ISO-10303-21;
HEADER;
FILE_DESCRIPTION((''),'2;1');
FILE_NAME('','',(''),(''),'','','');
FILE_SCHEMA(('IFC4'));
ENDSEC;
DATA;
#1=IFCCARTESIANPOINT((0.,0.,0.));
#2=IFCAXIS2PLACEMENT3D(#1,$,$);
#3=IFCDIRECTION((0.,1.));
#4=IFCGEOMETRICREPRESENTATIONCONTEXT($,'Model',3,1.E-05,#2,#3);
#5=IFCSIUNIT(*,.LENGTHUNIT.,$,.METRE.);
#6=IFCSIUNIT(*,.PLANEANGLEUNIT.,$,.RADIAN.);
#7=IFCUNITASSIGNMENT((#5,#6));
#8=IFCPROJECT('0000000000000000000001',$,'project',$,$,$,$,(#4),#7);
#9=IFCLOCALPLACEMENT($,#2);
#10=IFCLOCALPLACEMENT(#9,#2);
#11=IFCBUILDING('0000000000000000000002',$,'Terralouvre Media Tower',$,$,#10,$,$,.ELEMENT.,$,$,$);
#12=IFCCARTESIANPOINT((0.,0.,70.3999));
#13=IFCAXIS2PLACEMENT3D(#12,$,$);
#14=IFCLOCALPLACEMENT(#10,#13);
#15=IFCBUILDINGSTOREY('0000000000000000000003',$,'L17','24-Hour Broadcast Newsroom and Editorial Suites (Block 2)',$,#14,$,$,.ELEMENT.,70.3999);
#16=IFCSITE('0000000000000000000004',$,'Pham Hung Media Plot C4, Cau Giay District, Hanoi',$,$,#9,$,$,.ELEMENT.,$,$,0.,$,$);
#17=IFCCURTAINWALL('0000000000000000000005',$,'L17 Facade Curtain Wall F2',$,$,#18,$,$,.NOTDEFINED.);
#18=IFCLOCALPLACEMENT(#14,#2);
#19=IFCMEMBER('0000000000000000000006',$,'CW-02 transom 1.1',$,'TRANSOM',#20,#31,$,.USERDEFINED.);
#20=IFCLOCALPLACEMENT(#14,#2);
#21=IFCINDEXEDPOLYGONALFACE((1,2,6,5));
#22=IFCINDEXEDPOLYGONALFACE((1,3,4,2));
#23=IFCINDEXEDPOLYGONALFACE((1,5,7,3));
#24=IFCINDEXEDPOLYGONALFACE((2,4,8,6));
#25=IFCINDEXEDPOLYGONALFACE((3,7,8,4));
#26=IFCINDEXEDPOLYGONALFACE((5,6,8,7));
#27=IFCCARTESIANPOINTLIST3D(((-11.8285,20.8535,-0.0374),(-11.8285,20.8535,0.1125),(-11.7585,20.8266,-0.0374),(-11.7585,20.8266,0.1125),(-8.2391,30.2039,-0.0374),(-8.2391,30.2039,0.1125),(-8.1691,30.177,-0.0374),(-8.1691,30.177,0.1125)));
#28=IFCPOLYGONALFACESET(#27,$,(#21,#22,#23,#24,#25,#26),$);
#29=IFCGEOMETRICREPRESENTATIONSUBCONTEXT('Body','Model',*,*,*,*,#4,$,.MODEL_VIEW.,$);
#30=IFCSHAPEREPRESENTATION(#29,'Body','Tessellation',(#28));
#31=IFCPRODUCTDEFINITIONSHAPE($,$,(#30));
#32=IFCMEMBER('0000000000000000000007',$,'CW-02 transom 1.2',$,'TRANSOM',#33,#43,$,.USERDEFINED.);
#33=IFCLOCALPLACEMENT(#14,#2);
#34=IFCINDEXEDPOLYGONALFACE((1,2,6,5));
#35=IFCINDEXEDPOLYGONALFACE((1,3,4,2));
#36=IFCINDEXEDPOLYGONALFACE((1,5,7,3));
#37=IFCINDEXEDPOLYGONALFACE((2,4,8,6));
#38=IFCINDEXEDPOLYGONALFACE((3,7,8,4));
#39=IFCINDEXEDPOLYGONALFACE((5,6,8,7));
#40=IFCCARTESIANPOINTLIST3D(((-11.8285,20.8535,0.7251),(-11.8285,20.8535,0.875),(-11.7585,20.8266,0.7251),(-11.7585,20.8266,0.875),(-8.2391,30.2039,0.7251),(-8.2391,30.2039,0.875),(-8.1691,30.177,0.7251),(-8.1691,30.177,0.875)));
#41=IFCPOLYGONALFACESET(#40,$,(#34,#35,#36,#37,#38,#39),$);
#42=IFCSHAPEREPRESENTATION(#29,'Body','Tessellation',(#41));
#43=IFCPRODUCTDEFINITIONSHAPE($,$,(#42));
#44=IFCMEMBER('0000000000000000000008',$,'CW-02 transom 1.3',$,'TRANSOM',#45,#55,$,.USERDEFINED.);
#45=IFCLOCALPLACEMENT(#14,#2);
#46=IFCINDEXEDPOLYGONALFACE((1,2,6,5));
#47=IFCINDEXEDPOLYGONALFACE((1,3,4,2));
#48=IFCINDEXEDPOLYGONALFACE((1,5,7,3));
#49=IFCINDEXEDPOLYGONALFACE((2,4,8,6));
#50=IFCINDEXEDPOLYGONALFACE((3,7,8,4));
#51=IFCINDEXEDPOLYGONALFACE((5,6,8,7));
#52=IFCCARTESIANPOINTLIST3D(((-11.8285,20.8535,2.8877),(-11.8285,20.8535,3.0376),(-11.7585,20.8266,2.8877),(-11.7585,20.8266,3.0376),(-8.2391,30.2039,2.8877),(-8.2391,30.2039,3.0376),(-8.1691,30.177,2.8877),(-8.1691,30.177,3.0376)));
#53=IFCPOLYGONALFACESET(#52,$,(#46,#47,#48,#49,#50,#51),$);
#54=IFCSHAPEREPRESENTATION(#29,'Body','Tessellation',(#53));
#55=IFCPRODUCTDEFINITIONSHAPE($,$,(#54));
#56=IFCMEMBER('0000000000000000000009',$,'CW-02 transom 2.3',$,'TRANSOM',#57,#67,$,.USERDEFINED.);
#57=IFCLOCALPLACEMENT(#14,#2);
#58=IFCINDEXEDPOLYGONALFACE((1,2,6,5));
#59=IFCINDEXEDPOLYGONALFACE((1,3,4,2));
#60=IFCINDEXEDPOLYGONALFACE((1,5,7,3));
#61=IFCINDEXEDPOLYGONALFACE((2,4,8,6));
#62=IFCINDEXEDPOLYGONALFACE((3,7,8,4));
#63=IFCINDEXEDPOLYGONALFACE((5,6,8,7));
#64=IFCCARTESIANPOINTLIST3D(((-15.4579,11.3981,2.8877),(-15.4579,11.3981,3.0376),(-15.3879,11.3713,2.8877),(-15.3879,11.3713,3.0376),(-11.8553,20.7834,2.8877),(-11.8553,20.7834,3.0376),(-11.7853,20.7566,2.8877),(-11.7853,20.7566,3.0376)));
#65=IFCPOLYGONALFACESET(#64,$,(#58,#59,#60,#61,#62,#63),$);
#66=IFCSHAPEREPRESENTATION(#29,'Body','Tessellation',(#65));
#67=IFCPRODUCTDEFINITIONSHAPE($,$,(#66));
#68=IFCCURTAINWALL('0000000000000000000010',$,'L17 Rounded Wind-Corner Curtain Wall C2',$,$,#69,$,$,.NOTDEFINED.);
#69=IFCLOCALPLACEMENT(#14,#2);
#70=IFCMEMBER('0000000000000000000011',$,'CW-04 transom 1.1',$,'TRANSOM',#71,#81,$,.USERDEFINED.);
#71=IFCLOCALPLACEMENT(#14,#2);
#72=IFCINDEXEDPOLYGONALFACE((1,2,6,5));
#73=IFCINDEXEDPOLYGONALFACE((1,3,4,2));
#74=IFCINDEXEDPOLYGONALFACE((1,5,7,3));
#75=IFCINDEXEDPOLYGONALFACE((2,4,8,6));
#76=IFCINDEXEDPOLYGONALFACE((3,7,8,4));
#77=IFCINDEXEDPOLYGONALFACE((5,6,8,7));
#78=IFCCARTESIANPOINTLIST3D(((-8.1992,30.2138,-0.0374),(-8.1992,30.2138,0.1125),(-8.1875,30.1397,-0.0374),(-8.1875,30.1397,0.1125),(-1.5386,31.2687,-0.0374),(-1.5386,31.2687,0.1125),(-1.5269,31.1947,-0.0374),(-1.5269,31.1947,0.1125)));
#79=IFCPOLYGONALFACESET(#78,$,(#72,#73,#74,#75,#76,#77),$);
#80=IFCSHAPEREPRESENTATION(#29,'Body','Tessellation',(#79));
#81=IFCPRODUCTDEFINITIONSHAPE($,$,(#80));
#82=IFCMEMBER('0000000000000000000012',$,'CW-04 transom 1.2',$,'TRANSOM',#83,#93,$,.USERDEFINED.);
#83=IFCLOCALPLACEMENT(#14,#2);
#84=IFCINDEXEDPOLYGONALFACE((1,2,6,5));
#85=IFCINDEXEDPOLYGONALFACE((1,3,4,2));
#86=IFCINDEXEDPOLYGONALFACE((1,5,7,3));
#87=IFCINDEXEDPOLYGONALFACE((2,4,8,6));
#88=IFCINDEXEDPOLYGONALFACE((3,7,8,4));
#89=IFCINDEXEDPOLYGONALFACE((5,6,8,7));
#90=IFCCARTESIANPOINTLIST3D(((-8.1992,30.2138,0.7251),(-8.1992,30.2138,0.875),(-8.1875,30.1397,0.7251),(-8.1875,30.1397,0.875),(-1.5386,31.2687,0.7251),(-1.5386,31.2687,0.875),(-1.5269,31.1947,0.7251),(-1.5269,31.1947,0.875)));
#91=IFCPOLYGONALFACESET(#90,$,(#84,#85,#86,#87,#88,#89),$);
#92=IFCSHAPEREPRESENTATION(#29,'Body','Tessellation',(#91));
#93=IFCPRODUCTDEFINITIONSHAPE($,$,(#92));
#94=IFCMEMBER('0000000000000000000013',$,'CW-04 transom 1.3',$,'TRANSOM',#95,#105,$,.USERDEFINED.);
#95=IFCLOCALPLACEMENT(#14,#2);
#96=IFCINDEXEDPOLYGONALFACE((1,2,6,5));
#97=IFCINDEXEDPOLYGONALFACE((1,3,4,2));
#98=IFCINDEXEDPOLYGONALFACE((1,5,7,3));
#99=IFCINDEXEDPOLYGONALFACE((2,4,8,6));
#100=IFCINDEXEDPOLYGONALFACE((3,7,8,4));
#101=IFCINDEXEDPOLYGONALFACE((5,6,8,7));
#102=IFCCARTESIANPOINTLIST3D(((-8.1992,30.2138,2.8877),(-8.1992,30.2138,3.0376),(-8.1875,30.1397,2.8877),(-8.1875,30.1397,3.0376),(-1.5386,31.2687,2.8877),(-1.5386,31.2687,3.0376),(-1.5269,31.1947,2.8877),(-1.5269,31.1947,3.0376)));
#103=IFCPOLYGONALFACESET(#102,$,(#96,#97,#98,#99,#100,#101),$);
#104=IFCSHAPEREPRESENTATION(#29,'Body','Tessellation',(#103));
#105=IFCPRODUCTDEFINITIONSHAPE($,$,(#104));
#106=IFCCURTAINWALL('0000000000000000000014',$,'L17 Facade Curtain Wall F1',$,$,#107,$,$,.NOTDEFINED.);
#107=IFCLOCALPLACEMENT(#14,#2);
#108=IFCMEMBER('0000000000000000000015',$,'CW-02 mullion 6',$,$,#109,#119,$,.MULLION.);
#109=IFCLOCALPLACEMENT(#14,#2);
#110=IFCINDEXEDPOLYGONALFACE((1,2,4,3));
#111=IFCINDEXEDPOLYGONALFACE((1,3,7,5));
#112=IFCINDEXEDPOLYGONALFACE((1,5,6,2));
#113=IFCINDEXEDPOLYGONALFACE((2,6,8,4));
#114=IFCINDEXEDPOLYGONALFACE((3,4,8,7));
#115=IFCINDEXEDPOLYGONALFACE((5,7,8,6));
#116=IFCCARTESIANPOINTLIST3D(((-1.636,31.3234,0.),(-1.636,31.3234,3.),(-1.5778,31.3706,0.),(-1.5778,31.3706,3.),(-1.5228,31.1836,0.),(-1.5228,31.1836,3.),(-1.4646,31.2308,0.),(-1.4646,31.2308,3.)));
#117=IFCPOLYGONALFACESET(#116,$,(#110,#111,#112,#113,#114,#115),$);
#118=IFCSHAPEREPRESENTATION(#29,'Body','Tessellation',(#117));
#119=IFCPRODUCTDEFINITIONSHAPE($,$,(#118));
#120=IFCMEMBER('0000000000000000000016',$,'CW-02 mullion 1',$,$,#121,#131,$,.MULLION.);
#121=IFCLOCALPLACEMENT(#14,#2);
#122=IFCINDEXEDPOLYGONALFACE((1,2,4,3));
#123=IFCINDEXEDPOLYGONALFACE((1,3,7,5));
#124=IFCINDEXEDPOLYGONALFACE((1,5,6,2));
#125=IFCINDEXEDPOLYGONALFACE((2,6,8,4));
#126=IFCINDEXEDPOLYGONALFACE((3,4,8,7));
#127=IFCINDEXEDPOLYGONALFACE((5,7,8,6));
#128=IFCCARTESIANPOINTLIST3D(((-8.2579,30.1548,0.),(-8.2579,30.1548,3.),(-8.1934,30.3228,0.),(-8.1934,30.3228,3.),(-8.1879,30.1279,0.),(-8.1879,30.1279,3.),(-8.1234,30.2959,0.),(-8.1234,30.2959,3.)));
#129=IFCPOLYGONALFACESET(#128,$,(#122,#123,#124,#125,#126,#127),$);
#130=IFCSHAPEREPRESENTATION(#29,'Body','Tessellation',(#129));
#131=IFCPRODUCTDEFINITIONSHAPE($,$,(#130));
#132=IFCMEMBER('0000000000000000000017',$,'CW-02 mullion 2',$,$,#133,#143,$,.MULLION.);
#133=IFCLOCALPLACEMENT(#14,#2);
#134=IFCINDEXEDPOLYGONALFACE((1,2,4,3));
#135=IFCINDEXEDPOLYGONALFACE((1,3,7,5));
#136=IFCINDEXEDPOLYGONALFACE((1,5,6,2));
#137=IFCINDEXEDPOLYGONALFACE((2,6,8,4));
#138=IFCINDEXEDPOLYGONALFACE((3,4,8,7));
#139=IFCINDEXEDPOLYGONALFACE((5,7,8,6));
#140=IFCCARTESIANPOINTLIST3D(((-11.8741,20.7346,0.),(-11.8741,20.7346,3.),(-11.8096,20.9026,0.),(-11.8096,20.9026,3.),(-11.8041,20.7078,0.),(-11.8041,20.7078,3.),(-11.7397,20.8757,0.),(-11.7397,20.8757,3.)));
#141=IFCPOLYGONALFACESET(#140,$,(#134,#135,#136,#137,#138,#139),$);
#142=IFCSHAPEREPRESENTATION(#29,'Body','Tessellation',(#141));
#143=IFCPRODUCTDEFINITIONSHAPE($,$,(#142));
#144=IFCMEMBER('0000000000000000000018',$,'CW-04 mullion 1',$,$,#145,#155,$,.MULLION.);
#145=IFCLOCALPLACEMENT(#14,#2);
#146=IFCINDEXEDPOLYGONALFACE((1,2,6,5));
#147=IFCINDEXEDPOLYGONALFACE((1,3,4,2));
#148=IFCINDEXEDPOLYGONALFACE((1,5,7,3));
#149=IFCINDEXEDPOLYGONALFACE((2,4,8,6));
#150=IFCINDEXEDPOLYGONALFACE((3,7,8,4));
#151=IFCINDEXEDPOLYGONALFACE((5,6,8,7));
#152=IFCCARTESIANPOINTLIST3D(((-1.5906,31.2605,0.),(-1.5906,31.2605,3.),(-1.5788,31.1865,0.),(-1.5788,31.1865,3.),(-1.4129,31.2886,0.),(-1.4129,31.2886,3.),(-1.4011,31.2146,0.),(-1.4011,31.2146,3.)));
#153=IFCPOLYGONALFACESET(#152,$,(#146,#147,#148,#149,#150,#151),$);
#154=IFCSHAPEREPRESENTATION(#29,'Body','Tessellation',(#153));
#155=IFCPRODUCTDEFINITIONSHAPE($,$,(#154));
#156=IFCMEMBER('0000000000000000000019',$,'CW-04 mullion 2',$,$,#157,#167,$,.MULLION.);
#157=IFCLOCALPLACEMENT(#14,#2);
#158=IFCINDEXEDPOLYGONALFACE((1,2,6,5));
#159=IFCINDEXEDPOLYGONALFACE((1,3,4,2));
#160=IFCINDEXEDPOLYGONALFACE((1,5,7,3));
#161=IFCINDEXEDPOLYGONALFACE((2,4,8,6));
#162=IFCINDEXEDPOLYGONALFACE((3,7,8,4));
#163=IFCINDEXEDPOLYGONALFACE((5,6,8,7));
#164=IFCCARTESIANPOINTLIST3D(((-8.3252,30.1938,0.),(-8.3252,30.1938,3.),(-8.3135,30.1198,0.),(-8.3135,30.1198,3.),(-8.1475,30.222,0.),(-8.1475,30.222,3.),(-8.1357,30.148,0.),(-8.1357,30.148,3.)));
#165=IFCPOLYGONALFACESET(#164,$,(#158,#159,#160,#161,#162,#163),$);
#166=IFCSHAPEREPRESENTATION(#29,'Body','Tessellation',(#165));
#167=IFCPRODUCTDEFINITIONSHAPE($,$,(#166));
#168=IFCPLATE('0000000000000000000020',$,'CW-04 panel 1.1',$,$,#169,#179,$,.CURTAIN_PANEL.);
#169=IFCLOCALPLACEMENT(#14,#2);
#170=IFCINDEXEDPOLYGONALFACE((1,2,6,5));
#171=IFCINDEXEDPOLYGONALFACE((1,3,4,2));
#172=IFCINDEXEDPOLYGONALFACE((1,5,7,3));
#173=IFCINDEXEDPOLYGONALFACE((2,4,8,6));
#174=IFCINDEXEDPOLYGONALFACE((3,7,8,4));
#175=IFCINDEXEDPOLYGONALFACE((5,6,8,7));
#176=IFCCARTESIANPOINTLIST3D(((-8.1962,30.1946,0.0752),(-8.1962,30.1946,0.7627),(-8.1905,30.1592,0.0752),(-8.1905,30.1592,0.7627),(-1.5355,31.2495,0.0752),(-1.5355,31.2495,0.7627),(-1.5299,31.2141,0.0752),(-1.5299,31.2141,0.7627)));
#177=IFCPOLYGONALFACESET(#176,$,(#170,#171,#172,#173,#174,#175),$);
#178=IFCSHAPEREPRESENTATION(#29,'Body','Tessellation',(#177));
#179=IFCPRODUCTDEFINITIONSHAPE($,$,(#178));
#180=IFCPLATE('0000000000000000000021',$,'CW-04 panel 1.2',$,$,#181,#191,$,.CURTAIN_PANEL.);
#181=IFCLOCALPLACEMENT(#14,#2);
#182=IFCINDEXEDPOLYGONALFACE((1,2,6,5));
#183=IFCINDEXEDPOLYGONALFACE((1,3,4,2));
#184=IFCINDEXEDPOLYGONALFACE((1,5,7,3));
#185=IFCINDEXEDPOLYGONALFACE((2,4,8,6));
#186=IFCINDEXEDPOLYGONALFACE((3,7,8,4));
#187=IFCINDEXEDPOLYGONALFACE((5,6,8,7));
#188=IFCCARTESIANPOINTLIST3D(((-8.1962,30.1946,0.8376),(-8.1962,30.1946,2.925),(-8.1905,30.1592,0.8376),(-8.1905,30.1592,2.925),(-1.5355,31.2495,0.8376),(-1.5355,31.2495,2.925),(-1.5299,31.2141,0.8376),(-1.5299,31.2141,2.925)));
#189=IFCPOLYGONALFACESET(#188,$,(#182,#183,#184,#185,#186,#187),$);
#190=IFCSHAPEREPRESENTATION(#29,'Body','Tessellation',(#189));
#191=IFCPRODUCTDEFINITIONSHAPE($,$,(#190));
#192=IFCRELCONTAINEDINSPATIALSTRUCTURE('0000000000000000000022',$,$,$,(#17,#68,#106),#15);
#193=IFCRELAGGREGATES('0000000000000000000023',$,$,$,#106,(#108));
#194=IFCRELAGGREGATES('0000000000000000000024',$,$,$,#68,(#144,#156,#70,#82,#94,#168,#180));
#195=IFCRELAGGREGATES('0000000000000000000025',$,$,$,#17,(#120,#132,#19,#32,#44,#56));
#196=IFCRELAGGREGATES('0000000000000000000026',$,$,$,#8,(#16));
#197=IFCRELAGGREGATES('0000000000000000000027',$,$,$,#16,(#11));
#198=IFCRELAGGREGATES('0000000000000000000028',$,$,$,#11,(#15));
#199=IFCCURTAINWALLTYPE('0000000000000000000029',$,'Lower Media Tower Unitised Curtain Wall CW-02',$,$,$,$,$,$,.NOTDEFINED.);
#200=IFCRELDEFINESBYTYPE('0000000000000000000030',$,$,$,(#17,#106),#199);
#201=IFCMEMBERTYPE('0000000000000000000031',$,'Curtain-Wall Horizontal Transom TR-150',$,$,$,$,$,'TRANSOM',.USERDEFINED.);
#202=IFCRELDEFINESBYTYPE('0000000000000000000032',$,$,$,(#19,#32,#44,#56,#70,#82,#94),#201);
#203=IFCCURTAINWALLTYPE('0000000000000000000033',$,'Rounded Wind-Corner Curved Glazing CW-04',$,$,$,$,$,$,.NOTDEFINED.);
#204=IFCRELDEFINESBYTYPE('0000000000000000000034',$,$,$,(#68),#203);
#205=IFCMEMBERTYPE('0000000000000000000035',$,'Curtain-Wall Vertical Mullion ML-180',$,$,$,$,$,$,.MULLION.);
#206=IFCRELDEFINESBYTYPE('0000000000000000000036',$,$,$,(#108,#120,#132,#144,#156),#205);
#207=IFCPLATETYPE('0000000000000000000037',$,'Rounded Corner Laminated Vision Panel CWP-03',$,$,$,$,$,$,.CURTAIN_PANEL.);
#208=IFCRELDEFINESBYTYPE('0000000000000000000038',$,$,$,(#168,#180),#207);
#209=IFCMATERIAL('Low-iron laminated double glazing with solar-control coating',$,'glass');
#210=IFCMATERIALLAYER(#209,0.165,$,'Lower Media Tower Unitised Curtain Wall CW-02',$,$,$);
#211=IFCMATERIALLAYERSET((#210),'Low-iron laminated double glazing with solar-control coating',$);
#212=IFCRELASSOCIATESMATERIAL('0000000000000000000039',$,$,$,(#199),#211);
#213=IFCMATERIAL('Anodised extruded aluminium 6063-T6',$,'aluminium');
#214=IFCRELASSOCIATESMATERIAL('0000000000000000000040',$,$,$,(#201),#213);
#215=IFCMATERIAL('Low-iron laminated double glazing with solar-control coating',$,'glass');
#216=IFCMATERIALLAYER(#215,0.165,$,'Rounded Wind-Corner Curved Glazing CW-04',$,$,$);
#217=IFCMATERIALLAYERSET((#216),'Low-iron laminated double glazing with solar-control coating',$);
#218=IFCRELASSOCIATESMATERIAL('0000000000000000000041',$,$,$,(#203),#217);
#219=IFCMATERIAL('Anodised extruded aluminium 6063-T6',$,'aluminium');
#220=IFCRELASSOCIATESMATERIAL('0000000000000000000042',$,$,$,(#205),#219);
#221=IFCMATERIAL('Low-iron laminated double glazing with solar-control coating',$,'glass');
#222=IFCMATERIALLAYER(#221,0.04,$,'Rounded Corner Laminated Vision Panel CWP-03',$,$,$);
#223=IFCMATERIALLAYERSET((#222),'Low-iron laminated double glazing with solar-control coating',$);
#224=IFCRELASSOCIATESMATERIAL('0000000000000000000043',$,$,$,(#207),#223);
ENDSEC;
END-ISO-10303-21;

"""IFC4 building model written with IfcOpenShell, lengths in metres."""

from ifc_helpers import new_model, si_unit, direction, frame, origin, origin_2d, place, context, subcontext, project, spatial, rectangle, extrude, material, layer, layer_set, material_profile, profile_set, type_object, element, aggregate, save


model = new_model("IFC4")

# Units and contexts
model_context = context("Model", 3, precision=1e-05, world=origin(), true_north=direction((0.0, 1.0)))
body_context = subcontext(model_context, "Body", "Model", "MODEL_VIEW")
ifc_project = project(units=[si_unit("LENGTHUNIT", "METRE"), si_unit("PLANEANGLEUNIT", "RADIAN")], contexts=[model_context])

# Site, building, storey
site_placement = place(None, origin())
site = spatial("IfcSite", under=ifc_project, at=site_placement, Name="Pham Hung Media Plot C4, Cau Giay District, Hanoi", CompositionType="ELEMENT", RefElevation=0.0)
building_placement = place(site_placement, origin())
building = spatial("IfcBuilding", under=site, at=building_placement, Name="Terralouvre Media Tower", CompositionType="ELEMENT")
storey_placement = place(building_placement, frame((0.0, 0.0, 70.3999)))
storey = spatial("IfcBuildingStorey", under=building, at=storey_placement, Name="L17", Description="24-Hour Broadcast Newsroom and Editorial Suites (Block 2)", CompositionType="ELEMENT", Elevation=70.3999)

# Curtain walls, members
ifc_material_1 = material(Name="Low-iron laminated double glazing with solar-control coating", Category="glass")
ifc_layer_1 = layer(ifc_material_1, 0.165, Name="Lower Media Tower Unitised Curtain Wall CW-02")
ifc_layer_set_1 = layer_set([ifc_layer_1], Name="Low-iron laminated double glazing with solar-control coating")
curtain_wall_type_1 = type_object("IfcCurtainWallType", Name="Lower Media Tower Unitised Curtain Wall CW-02", PredefinedType="NOTDEFINED", material=ifc_layer_set_1)
curtain_wall_1_placement = place(storey_placement, origin())
curtain_wall_1 = element("IfcCurtainWall", 1, at=curtain_wall_1_placement, inside=storey, type_object=curtain_wall_type_1, Name="L17 Facade Curtain Wall F2", PredefinedType="NOTDEFINED")
ifc_material_2 = material(Name="Anodised extruded aluminium 6063-T6", Category="aluminium")
ifc_material_profile_1 = material_profile(ifc_material_2, rectangle(XDim=0.075, YDim=0.1499, at=origin_2d()), Name="ALU 75x150")
ifc_profile_set_1 = profile_set([ifc_material_profile_1], Name="Anodised extruded aluminium 6063-T6")
member_type_1 = type_object("IfcMemberType", Name="Curtain-Wall Horizontal Transom TR-150", ElementType="TRANSOM", PredefinedType="USERDEFINED", material=ifc_profile_set_1)
member_1_placement = place(storey_placement, frame((-8.2041, 30.1904, 0.0376), z_axis=(-0.358376, -0.933577, 0.0), x_axis=(0.933577, -0.358376, 0.0)))
member_1 = element("IfcMember", 2, at=member_1_placement, type_object=member_type_1, Name="CW-02 transom 1.1", ObjectType="TRANSOM", PredefinedType="USERDEFINED", context=body_context, shape_type="SweptSolid", body=[
    extrude(rectangle(XDim=0.075, YDim=0.1499, at=origin_2d()), origin(), (0.0, 0.0, 1.0), 10.0156),
])
member_2_placement = place(storey_placement, frame((-8.2041, 30.1904, 0.8), z_axis=(-0.358376, -0.933577, 0.0), x_axis=(0.933577, -0.358376, 0.0)))
member_2 = element("IfcMember", 3, at=member_2_placement, type_object=member_type_1, Name="CW-02 transom 1.2", ObjectType="TRANSOM", PredefinedType="USERDEFINED", context=body_context, shape_type="SweptSolid", body=[
    extrude(rectangle(XDim=0.075, YDim=0.1499, at=origin_2d()), origin(), (0.0, 0.0, 1.0), 10.0156),
])
member_3_placement = place(storey_placement, frame((-8.2041, 30.1904, 2.9626), z_axis=(-0.358376, -0.933577, 0.0), x_axis=(0.933577, -0.358376, 0.0)))
member_3 = element("IfcMember", 4, at=member_3_placement, type_object=member_type_1, Name="CW-02 transom 1.3", ObjectType="TRANSOM", PredefinedType="USERDEFINED", context=body_context, shape_type="SweptSolid", body=[
    extrude(rectangle(XDim=0.075, YDim=0.1499, at=origin_2d()), origin(), (0.0, 0.0, 1.0), 10.0156),
])
member_4_placement = place(storey_placement, frame((-11.8203, 20.77, 2.9626), z_axis=(-0.358357, -0.933584, 0.0), x_axis=(0.933584, -0.358357, 0.0)))
member_4 = element("IfcMember", 5, at=member_4_placement, type_object=member_type_1, Name="CW-02 transom 2.3", ObjectType="TRANSOM", PredefinedType="USERDEFINED", context=body_context, shape_type="SweptSolid", body=[
    extrude(rectangle(XDim=0.075, YDim=0.1499, at=origin_2d()), origin(), (0.0, 0.0, 1.0), 10.053),
])
ifc_material_3 = material(Name="Low-iron laminated double glazing with solar-control coating", Category="glass")
ifc_layer_2 = layer(ifc_material_3, 0.165, Name="Rounded Wind-Corner Curved Glazing CW-04")
ifc_layer_set_2 = layer_set([ifc_layer_2], Name="Low-iron laminated double glazing with solar-control coating")
curtain_wall_type_2 = type_object("IfcCurtainWallType", Name="Rounded Wind-Corner Curved Glazing CW-04", PredefinedType="NOTDEFINED", material=ifc_layer_set_2)
curtain_wall_2_placement = place(storey_placement, origin())
curtain_wall_2 = element("IfcCurtainWall", 6, at=curtain_wall_2_placement, inside=storey, type_object=curtain_wall_type_2, Name="L17 Rounded Wind-Corner Curtain Wall C2", PredefinedType="NOTDEFINED")
member_5_placement = place(storey_placement, frame((-1.5327, 31.2317, 0.0376), z_axis=(-0.987689, -0.156433, 0.0), x_axis=(0.156433, -0.987689, 0.0)))
member_5 = element("IfcMember", 7, at=member_5_placement, type_object=member_type_1, Name="CW-04 transom 1.1", ObjectType="TRANSOM", PredefinedType="USERDEFINED", context=body_context, shape_type="SweptSolid", body=[
    extrude(rectangle(XDim=0.075, YDim=0.1499, at=origin_2d()), origin(), (0.0, 0.0, 1.0), 6.7437),
])
member_6_placement = place(storey_placement, frame((-1.5327, 31.2317, 0.8), z_axis=(-0.987689, -0.156433, 0.0), x_axis=(0.156433, -0.987689, 0.0)))
member_6 = element("IfcMember", 8, at=member_6_placement, type_object=member_type_1, Name="CW-04 transom 1.2", ObjectType="TRANSOM", PredefinedType="USERDEFINED", context=body_context, shape_type="SweptSolid", body=[
    extrude(rectangle(XDim=0.075, YDim=0.1499, at=origin_2d()), origin(), (0.0, 0.0, 1.0), 6.7437),
])
member_7_placement = place(storey_placement, frame((-1.5327, 31.2317, 2.9626), z_axis=(-0.987689, -0.156433, 0.0), x_axis=(0.156433, -0.987689, 0.0)))
member_7 = element("IfcMember", 9, at=member_7_placement, type_object=member_type_1, Name="CW-04 transom 1.3", ObjectType="TRANSOM", PredefinedType="USERDEFINED", context=body_context, shape_type="SweptSolid", body=[
    extrude(rectangle(XDim=0.075, YDim=0.1499, at=origin_2d()), origin(), (0.0, 0.0, 1.0), 6.7437),
])

# Curtain wall, member
curtain_wall_3_placement = place(storey_placement, origin())
curtain_wall_3 = element("IfcCurtainWall", 10, at=curtain_wall_3_placement, inside=storey, type_object=curtain_wall_type_1, Name="L17 Facade Curtain Wall F1", PredefinedType="NOTDEFINED")
ifc_material_4 = material(Name="Anodised extruded aluminium 6063-T6", Category="aluminium")
ifc_material_profile_2 = material_profile(ifc_material_4, rectangle(XDim=0.075, YDim=0.1799, at=origin_2d()), Name="ALU 75x180")
ifc_profile_set_2 = profile_set([ifc_material_profile_2], Name="Anodised extruded aluminium 6063-T6")
member_type_2 = type_object("IfcMemberType", Name="Curtain-Wall Vertical Mullion ML-180", PredefinedType="MULLION", material=ifc_profile_set_2)
member_8_placement = place(storey_placement, frame((-1.5503, 31.2771, 0.0), z_axis=(0.0, 0.0, 1.0), x_axis=(-0.777146, -0.62932, 0.0)))
member_8 = element("IfcMember", 11, at=member_8_placement, type_object=member_type_2, Name="CW-02 mullion 6", PredefinedType="MULLION", context=body_context, shape_type="SweptSolid", body=[
    extrude(rectangle(XDim=0.075, YDim=0.1799, at=origin_2d()), origin(), (0.0, 0.0, 1.0), 3.0),
])
aggregate(curtain_wall_3, [member_8])

# Members
member_9_placement = place(storey_placement, frame((-8.1907, 30.2253, 0.0), z_axis=(0.0, 0.0, 1.0), x_axis=(0.93358, -0.358368, 0.0)))
member_9 = element("IfcMember", 12, at=member_9_placement, type_object=member_type_2, Name="CW-02 mullion 1", PredefinedType="MULLION", context=body_context, shape_type="SweptSolid", body=[
    extrude(rectangle(XDim=0.075, YDim=0.1799, at=origin_2d()), origin(), (0.0, 0.0, 1.0), 3.0),
])
member_10_placement = place(storey_placement, frame((-11.8069, 20.8052, 0.0), z_axis=(0.0, 0.0, 1.0), x_axis=(0.93358, -0.358368, 0.0)))
member_10 = element("IfcMember", 13, at=member_10_placement, type_object=member_type_2, Name="CW-02 mullion 2", PredefinedType="MULLION", context=body_context, shape_type="SweptSolid", body=[
    extrude(rectangle(XDim=0.075, YDim=0.1799, at=origin_2d()), origin(), (0.0, 0.0, 1.0), 3.0),
])
member_11_placement = place(storey_placement, frame((-1.4958, 31.2375, 0.0), z_axis=(0.0, 0.0, 1.0), x_axis=(0.156434, -0.987688, 0.0)))
member_11 = element("IfcMember", 14, at=member_11_placement, type_object=member_type_2, Name="CW-04 mullion 1", PredefinedType="MULLION", context=body_context, shape_type="SweptSolid", body=[
    extrude(rectangle(XDim=0.075, YDim=0.1799, at=origin_2d()), origin(), (0.0, 0.0, 1.0), 3.0),
])
member_12_placement = place(storey_placement, frame((-8.2305, 30.1709, 0.0), z_axis=(0.0, 0.0, 1.0), x_axis=(0.156434, -0.987688, 0.0)))
member_12 = element("IfcMember", 15, at=member_12_placement, type_object=member_type_2, Name="CW-04 mullion 2", PredefinedType="MULLION", context=body_context, shape_type="SweptSolid", body=[
    extrude(rectangle(XDim=0.075, YDim=0.1799, at=origin_2d()), origin(), (0.0, 0.0, 1.0), 3.0),
])

# Plates
ifc_material_5 = material(Name="Low-iron laminated double glazing with solar-control coating", Category="glass")
ifc_layer_3 = layer(ifc_material_5, 0.04, Name="Rounded Corner Laminated Vision Panel CWP-03")
ifc_layer_set_3 = layer_set([ifc_layer_3], Name="Low-iron laminated double glazing with solar-control coating")
plate_type_1 = type_object("IfcPlateType", Name="Rounded Corner Laminated Vision Panel CWP-03", PredefinedType="CURTAIN_PANEL", material=ifc_layer_set_3)
plate_1_placement = place(storey_placement, frame((-4.863, 30.7043, 0.0752), z_axis=(0.0, 0.0, 1.0), x_axis=(-0.987688, -0.156434, 0.0)))
plate_1 = element("IfcPlate", 16, at=plate_1_placement, type_object=plate_type_1, Name="CW-04 panel 1.1", PredefinedType="CURTAIN_PANEL", context=body_context, shape_type="SweptSolid", body=[
    extrude(rectangle(XDim=6.7437, YDim=0.0359, at=origin_2d()), origin(), (0.0, 0.0, 1.0), 0.6875),
])
plate_2_placement = place(storey_placement, frame((-4.863, 30.7043, 0.8376), z_axis=(0.0, 0.0, 1.0), x_axis=(-0.987688, -0.156434, 0.0)))
plate_2 = element("IfcPlate", 17, at=plate_2_placement, type_object=plate_type_1, Name="CW-04 panel 1.2", PredefinedType="CURTAIN_PANEL", context=body_context, shape_type="SweptSolid", body=[
    extrude(rectangle(XDim=6.7437, YDim=0.0359, at=origin_2d()), origin(), (0.0, 0.0, 1.0), 2.0874),
])
aggregate(curtain_wall_2, [member_11, member_12, member_5, member_6, member_7, plate_1, plate_2])
aggregate(curtain_wall_1, [member_9, member_10, member_1, member_2, member_3, member_4])

save(model, "model.ifc")
